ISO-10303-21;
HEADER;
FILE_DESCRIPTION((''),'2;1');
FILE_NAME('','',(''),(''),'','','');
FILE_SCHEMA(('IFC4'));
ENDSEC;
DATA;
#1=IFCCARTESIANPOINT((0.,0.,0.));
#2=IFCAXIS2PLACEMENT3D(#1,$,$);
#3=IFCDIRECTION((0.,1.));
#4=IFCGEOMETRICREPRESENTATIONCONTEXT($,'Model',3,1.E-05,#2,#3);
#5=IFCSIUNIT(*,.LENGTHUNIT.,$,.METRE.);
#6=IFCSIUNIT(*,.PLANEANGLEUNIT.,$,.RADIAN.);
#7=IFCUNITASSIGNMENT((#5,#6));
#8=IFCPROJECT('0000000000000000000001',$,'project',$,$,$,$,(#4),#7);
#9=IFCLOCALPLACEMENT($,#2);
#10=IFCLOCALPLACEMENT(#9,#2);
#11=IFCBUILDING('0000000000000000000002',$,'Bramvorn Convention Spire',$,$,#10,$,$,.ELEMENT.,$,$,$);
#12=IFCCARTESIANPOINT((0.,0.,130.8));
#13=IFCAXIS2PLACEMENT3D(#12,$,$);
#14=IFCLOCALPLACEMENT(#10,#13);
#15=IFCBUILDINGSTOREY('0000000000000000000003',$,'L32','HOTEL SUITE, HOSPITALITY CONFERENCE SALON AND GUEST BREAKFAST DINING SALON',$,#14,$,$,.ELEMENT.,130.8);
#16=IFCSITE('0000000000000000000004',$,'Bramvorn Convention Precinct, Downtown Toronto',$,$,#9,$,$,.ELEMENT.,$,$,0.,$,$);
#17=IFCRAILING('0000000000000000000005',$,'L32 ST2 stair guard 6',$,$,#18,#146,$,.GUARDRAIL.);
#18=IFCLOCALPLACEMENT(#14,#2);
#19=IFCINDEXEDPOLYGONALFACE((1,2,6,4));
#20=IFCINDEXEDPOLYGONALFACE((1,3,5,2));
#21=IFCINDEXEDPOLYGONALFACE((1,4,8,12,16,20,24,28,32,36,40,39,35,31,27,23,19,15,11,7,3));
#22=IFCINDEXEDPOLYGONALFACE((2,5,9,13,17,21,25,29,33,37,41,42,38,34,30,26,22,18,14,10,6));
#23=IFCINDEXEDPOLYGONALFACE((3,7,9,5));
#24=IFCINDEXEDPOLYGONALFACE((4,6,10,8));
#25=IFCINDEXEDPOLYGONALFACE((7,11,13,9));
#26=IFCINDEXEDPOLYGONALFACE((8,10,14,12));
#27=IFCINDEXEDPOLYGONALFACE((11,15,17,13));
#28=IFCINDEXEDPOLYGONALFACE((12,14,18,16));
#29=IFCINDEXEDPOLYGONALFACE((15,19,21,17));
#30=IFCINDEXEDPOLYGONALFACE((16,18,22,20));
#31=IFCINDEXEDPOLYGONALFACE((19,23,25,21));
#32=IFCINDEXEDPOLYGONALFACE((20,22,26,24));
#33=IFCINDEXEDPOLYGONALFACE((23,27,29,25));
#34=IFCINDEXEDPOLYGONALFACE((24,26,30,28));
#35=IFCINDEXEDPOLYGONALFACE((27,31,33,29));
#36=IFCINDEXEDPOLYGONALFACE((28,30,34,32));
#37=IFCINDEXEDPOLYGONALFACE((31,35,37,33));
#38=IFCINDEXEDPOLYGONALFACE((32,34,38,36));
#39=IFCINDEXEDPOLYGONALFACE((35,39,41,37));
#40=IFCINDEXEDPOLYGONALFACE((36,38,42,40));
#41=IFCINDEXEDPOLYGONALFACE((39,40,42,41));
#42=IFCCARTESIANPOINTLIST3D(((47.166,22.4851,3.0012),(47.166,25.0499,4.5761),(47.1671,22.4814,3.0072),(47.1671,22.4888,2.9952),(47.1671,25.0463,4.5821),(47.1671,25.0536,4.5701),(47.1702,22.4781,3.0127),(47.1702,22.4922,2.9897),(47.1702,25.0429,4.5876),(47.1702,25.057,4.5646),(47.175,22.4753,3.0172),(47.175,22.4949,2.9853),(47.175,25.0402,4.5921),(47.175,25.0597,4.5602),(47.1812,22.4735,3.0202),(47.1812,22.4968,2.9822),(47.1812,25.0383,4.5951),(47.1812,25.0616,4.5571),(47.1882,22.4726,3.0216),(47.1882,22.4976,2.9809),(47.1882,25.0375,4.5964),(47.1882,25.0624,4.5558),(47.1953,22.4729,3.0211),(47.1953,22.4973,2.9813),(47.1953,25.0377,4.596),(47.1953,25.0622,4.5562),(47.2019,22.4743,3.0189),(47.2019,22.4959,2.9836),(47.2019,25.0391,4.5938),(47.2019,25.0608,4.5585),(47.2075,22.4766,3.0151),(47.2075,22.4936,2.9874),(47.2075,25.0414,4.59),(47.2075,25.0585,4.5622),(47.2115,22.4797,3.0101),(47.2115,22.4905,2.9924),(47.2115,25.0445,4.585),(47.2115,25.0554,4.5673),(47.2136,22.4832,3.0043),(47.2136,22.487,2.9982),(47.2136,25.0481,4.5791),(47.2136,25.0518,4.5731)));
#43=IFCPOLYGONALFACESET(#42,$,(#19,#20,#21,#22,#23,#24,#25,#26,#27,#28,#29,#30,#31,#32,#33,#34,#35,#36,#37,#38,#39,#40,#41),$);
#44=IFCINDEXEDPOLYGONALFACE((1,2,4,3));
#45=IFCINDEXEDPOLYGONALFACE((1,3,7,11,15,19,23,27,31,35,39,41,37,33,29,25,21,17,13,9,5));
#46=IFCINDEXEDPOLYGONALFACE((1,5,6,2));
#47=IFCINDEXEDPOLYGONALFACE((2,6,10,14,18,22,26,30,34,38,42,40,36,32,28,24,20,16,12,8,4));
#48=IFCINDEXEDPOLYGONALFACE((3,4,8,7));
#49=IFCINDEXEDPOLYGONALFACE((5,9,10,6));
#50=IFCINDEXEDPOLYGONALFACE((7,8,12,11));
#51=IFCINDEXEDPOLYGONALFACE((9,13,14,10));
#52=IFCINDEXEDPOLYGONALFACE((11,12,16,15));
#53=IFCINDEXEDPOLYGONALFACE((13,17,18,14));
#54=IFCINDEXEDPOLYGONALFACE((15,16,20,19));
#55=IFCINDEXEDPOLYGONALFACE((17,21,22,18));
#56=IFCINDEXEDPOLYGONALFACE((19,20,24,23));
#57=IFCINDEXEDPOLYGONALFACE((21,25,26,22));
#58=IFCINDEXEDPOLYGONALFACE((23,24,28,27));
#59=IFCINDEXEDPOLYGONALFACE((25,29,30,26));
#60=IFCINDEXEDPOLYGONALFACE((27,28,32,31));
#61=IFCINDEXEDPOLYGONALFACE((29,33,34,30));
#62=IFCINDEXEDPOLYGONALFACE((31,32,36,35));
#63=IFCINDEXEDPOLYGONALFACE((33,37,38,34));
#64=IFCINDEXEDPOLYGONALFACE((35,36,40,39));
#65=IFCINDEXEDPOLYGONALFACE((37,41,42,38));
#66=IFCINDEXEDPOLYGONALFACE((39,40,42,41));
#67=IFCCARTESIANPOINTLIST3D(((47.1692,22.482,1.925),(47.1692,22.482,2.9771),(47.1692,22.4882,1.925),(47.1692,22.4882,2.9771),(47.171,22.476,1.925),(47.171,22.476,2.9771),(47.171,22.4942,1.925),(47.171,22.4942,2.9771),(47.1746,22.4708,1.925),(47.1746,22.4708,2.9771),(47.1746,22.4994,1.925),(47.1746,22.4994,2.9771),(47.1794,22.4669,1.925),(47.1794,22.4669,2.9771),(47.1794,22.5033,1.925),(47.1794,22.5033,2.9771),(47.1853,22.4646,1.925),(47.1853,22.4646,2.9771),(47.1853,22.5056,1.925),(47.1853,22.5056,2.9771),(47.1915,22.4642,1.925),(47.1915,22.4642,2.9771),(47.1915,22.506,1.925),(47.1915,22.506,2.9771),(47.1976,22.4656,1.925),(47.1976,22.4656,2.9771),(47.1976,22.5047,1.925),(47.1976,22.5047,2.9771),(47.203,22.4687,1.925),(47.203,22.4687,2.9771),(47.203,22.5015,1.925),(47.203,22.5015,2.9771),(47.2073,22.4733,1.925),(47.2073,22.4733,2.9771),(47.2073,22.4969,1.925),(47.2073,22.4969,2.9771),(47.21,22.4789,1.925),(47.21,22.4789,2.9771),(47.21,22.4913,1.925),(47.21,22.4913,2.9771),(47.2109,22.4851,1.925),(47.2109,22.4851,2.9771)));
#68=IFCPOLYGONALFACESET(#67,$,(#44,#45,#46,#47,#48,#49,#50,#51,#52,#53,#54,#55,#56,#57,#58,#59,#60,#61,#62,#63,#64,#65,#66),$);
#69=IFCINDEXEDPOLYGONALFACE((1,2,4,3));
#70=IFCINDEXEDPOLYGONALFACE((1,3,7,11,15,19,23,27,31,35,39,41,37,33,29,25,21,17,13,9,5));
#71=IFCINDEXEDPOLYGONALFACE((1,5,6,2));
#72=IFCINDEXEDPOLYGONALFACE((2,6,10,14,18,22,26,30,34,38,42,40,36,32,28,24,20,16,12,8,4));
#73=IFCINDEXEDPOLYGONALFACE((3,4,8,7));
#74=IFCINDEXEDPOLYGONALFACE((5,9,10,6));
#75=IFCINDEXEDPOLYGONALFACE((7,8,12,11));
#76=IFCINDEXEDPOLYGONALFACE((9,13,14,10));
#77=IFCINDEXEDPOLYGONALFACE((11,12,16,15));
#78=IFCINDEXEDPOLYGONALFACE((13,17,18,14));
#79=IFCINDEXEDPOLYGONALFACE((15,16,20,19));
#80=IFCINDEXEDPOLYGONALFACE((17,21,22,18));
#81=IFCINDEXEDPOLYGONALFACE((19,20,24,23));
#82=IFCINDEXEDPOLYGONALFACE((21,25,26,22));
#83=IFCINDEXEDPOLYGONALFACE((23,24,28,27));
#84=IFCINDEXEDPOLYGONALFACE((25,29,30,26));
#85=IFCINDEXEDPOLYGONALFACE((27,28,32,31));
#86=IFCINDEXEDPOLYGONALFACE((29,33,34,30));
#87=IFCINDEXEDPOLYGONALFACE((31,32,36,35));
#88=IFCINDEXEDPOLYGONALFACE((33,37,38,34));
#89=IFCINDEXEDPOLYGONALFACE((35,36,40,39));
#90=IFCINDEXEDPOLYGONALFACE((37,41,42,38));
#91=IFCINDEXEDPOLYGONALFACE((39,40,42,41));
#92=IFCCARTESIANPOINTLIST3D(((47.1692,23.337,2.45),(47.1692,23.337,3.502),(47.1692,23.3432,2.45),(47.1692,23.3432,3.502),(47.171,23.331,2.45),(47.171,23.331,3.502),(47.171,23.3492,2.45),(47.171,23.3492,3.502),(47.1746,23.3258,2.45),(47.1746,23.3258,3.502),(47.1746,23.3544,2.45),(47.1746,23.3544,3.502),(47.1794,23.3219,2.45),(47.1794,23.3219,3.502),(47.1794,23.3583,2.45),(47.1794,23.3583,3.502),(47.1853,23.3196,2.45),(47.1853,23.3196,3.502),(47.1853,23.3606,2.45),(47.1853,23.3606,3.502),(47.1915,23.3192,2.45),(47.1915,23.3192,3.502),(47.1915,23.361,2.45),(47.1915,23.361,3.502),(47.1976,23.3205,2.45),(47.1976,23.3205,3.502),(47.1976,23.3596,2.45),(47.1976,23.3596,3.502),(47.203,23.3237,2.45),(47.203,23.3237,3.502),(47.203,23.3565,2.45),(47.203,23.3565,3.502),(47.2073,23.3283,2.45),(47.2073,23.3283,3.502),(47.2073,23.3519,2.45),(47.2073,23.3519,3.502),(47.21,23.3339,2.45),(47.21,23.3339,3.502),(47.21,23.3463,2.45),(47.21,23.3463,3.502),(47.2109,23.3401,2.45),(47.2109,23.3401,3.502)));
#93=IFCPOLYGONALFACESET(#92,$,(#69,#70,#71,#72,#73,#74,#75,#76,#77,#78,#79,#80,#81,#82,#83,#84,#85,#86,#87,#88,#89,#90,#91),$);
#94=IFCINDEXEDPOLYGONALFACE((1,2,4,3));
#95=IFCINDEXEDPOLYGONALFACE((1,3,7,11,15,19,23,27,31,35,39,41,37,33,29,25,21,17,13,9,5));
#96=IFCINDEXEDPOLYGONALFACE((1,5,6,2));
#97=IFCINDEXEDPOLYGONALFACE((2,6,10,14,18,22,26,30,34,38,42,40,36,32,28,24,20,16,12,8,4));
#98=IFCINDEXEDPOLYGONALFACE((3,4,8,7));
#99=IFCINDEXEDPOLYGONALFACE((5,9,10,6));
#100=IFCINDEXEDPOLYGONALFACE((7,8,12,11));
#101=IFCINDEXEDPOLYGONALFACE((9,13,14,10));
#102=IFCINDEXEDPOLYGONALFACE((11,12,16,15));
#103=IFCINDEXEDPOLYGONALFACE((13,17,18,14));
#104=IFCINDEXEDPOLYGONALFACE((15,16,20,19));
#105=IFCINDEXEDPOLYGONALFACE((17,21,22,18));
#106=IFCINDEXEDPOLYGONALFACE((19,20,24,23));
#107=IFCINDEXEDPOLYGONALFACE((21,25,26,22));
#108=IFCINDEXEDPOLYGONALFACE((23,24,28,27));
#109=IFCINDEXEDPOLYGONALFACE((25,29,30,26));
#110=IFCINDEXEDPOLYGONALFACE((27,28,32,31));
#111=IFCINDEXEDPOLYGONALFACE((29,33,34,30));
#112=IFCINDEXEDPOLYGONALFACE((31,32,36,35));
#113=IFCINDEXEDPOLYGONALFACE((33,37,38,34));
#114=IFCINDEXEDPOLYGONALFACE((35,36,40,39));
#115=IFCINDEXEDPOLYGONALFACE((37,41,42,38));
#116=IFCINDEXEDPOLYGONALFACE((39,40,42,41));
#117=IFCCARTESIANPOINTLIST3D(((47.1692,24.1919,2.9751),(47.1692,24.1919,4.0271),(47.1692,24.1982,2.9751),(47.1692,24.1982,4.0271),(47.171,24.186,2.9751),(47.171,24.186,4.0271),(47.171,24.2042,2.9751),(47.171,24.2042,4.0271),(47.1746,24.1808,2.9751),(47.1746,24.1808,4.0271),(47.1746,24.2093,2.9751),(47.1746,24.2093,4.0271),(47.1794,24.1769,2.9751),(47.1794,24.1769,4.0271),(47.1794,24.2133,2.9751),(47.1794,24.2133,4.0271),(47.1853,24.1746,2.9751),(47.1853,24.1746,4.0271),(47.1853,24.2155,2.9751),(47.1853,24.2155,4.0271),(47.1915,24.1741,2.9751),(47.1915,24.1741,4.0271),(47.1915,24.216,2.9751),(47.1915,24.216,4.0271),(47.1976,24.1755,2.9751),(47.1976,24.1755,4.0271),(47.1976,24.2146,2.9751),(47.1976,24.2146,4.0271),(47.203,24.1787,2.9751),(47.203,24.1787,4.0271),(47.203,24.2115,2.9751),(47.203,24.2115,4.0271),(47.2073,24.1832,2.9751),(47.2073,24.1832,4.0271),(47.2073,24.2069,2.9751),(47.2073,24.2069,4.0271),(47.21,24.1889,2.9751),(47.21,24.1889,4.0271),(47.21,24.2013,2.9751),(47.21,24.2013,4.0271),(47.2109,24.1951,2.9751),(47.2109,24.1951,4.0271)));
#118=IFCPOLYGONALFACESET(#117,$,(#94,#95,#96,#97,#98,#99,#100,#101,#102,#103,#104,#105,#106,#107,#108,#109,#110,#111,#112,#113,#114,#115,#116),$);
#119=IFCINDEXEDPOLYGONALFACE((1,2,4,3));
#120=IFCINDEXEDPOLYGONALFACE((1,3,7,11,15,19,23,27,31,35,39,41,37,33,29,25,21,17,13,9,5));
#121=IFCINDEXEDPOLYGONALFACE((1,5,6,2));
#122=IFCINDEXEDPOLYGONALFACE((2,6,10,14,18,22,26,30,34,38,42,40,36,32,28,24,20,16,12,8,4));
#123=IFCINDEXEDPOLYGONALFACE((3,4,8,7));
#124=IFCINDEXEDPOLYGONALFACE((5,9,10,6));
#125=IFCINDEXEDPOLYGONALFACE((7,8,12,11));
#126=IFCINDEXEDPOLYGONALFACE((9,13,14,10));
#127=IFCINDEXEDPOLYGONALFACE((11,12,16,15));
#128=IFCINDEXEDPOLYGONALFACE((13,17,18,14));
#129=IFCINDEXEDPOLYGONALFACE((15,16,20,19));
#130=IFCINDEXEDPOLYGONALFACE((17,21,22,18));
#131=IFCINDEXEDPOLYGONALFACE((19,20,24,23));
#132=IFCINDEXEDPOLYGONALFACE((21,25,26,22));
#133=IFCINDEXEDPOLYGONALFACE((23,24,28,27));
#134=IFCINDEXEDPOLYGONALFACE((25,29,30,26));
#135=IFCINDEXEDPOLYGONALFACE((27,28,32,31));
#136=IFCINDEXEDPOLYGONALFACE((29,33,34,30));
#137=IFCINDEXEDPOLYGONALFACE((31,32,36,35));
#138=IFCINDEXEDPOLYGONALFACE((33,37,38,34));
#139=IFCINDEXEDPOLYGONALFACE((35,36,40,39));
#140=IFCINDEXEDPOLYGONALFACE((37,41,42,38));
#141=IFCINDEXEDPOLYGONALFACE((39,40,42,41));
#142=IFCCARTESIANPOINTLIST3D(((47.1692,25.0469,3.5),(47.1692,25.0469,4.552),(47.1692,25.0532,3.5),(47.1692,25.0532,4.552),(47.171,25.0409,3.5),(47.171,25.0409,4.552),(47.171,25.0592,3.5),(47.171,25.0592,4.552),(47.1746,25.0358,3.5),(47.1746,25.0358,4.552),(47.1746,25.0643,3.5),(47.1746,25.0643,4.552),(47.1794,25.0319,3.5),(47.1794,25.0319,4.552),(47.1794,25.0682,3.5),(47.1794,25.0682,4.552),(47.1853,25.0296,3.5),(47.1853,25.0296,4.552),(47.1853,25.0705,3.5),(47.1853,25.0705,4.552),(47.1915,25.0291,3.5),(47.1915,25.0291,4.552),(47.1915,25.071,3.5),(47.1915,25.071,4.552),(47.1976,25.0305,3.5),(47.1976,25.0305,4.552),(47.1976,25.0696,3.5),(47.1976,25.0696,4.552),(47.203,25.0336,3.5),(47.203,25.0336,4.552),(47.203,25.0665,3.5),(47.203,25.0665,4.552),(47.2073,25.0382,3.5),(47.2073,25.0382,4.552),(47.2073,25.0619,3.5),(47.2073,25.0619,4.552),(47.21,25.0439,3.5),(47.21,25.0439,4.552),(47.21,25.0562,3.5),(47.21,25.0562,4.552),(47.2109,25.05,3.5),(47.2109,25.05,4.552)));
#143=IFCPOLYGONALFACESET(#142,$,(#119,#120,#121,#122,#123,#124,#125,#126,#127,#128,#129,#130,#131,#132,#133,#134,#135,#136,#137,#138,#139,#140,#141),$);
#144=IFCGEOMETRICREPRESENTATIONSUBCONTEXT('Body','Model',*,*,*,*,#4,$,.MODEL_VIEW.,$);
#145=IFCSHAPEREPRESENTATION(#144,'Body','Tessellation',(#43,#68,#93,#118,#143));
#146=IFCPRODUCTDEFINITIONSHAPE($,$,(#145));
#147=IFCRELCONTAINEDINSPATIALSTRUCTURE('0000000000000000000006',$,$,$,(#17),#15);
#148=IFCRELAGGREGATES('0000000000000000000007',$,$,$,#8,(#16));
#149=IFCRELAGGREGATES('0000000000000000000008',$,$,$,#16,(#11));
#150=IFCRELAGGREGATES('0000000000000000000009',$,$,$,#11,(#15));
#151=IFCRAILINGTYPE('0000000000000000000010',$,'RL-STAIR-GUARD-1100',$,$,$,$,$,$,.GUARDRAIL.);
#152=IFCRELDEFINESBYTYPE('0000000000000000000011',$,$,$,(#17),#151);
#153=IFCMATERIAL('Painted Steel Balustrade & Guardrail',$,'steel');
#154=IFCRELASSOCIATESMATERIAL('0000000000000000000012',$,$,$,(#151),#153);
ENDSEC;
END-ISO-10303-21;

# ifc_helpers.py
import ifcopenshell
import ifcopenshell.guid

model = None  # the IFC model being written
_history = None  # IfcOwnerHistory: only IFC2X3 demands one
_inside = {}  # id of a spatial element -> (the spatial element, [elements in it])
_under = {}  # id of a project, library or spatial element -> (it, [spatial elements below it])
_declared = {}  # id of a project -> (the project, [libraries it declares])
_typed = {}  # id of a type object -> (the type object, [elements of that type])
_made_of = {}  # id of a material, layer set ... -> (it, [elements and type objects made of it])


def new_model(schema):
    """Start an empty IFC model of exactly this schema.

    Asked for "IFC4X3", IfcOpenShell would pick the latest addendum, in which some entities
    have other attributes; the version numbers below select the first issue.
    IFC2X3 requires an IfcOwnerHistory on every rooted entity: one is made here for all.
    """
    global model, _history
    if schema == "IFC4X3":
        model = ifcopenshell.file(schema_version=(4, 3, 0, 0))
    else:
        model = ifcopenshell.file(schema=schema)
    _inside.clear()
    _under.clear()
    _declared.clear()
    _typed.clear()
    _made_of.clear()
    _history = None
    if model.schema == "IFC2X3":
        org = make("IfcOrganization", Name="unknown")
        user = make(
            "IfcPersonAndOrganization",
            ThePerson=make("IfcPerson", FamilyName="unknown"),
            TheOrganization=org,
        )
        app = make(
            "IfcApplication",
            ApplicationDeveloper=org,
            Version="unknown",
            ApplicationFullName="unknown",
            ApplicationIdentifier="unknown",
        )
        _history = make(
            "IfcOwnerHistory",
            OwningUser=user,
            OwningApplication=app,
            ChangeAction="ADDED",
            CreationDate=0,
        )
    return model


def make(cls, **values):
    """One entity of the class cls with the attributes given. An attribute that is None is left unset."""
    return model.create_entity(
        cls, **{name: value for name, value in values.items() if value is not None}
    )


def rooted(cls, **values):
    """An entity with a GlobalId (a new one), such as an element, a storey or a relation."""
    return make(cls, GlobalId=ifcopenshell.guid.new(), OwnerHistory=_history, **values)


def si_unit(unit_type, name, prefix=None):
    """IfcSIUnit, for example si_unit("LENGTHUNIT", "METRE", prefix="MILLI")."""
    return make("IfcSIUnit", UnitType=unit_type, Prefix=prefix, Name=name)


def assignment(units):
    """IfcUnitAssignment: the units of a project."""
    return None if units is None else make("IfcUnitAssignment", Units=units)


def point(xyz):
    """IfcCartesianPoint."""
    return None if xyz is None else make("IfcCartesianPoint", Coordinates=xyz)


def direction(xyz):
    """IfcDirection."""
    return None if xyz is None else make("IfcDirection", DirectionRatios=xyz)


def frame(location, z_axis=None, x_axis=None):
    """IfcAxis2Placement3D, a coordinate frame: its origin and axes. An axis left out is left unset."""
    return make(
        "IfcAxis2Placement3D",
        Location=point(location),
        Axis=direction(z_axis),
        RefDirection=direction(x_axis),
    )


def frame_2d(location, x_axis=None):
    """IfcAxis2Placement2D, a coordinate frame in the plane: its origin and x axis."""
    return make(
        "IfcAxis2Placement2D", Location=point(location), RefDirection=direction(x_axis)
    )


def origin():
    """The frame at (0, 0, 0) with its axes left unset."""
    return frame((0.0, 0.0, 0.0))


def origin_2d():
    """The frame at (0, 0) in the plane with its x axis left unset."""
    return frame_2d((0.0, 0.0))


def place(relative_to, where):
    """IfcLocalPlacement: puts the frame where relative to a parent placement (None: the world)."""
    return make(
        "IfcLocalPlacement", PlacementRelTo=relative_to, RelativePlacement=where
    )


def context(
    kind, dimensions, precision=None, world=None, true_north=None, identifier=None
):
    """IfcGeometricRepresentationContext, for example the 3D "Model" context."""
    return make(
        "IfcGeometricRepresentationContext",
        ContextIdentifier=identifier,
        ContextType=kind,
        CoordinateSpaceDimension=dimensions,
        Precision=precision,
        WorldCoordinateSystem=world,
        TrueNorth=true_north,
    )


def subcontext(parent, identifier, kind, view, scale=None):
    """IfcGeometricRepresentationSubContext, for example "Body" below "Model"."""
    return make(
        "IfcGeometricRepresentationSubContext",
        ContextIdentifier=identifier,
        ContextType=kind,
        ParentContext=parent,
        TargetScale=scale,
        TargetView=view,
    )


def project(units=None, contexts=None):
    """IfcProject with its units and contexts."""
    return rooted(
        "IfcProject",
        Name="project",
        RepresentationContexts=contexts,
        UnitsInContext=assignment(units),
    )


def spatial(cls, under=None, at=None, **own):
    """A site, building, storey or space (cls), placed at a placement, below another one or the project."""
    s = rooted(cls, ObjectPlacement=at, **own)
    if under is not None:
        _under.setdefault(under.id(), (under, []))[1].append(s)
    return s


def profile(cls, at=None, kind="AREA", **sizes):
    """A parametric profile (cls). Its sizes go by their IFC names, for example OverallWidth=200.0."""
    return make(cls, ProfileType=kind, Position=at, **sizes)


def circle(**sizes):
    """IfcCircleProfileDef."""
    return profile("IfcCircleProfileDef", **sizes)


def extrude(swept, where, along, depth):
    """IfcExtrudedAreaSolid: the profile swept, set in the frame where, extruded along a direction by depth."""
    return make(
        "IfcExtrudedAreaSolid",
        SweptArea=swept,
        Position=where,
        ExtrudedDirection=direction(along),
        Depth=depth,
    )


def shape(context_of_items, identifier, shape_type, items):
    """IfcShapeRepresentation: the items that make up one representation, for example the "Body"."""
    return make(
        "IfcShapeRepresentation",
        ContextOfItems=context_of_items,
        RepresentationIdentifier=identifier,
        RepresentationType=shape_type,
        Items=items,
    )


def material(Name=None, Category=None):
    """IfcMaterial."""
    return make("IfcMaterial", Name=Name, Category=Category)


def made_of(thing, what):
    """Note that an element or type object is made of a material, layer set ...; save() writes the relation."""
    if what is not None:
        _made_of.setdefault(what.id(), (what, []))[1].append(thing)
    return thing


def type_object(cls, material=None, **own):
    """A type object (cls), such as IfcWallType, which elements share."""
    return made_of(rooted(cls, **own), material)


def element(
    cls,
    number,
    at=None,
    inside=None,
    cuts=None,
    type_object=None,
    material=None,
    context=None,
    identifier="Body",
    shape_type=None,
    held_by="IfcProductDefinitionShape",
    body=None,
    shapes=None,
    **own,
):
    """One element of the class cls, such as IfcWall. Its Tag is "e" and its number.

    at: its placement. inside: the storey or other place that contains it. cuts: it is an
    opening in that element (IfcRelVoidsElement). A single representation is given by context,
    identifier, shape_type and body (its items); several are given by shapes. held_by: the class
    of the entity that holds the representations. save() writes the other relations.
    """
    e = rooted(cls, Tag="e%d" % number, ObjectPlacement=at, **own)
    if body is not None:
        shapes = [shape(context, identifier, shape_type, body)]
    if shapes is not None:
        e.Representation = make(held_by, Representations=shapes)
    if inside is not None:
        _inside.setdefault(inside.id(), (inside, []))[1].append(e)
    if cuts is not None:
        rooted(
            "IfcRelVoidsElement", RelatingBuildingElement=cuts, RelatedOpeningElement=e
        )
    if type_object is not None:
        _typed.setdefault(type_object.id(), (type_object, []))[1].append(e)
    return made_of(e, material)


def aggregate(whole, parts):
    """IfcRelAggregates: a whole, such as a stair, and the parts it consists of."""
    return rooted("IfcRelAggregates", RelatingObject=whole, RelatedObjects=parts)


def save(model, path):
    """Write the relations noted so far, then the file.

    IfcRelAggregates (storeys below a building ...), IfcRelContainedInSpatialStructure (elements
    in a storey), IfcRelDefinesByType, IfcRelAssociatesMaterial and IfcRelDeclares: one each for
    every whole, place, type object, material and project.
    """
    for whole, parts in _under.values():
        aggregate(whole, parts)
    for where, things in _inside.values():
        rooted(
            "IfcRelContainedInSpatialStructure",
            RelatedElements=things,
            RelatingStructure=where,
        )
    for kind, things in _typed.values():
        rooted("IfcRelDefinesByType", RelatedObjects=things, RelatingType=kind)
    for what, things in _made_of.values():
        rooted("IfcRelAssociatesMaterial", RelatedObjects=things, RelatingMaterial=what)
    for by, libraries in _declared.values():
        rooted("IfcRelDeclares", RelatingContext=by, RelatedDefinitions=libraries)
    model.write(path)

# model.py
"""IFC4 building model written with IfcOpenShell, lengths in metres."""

from ifc_helpers import new_model, si_unit, direction, frame, origin, origin_2d, place, context, subcontext, project, spatial, circle, extrude, material, type_object, element, save


model = new_model("IFC4")

# Units and contexts
model_context = context("Model", 3, precision=1e-05, world=origin(), true_north=direction((0.0, 1.0)))
body_context = subcontext(model_context, "Body", "Model", "MODEL_VIEW")
ifc_project = project(units=[si_unit("LENGTHUNIT", "METRE"), si_unit("PLANEANGLEUNIT", "RADIAN")], contexts=[model_context])

# Site, building, storey
site_placement = place(None, origin())
site = spatial("IfcSite", under=ifc_project, at=site_placement, Name="Bramvorn Convention Precinct, Downtown Toronto", CompositionType="ELEMENT", RefElevation=0.0)
building_placement = place(site_placement, origin())
building = spatial("IfcBuilding", under=site, at=building_placement, Name="Bramvorn Convention Spire", CompositionType="ELEMENT")
storey_placement = place(building_placement, frame((0.0, 0.0, 130.8)))
storey = spatial("IfcBuildingStorey", under=building, at=storey_placement, Name="L32", Description="HOTEL SUITE, HOSPITALITY CONFERENCE SALON AND GUEST BREAKFAST DINING SALON", CompositionType="ELEMENT", Elevation=130.8)

# Railing
ifc_material_1 = material(Name="Painted Steel Balustrade & Guardrail", Category="steel")
railing_type_1 = type_object("IfcRailingType", Name="RL-STAIR-GUARD-1100", PredefinedType="GUARDRAIL", material=ifc_material_1)
railing_1_placement = place(storey_placement, frame((47.1899, 22.4851, 1.925)))
element("IfcRailing", 1, at=railing_1_placement, inside=storey, type_object=railing_type_1, Name="L32 ST2 stair guard 6", PredefinedType="GUARDRAIL", context=body_context, shape_type="SweptSolid", body=[
    extrude(circle(Radius=0.0239, at=origin_2d()), frame((0.0, 0.0, 1.0762), z_axis=(0.0, 0.852173, 0.52326), x_axis=(-1.0, 0.0, 0.0)), (0.0, 0.0, 1.0), 3.0098),
    extrude(circle(Radius=0.021, at=origin_2d()), origin(), (0.0, 0.0, 1.0), 1.052),
    extrude(circle(Radius=0.021, at=origin_2d()), frame((0.0, 0.855, 0.5249)), (0.0, 0.0, 1.0), 1.052),
    extrude(circle(Radius=0.021, at=origin_2d()), frame((0.0, 1.71, 1.05)), (0.0, 0.0, 1.0), 1.052),
    extrude(circle(Radius=0.021, at=origin_2d()), frame((0.0, 2.5649, 1.575)), (0.0, 0.0, 1.0), 1.052),
])

save(model, "model.ifc")
